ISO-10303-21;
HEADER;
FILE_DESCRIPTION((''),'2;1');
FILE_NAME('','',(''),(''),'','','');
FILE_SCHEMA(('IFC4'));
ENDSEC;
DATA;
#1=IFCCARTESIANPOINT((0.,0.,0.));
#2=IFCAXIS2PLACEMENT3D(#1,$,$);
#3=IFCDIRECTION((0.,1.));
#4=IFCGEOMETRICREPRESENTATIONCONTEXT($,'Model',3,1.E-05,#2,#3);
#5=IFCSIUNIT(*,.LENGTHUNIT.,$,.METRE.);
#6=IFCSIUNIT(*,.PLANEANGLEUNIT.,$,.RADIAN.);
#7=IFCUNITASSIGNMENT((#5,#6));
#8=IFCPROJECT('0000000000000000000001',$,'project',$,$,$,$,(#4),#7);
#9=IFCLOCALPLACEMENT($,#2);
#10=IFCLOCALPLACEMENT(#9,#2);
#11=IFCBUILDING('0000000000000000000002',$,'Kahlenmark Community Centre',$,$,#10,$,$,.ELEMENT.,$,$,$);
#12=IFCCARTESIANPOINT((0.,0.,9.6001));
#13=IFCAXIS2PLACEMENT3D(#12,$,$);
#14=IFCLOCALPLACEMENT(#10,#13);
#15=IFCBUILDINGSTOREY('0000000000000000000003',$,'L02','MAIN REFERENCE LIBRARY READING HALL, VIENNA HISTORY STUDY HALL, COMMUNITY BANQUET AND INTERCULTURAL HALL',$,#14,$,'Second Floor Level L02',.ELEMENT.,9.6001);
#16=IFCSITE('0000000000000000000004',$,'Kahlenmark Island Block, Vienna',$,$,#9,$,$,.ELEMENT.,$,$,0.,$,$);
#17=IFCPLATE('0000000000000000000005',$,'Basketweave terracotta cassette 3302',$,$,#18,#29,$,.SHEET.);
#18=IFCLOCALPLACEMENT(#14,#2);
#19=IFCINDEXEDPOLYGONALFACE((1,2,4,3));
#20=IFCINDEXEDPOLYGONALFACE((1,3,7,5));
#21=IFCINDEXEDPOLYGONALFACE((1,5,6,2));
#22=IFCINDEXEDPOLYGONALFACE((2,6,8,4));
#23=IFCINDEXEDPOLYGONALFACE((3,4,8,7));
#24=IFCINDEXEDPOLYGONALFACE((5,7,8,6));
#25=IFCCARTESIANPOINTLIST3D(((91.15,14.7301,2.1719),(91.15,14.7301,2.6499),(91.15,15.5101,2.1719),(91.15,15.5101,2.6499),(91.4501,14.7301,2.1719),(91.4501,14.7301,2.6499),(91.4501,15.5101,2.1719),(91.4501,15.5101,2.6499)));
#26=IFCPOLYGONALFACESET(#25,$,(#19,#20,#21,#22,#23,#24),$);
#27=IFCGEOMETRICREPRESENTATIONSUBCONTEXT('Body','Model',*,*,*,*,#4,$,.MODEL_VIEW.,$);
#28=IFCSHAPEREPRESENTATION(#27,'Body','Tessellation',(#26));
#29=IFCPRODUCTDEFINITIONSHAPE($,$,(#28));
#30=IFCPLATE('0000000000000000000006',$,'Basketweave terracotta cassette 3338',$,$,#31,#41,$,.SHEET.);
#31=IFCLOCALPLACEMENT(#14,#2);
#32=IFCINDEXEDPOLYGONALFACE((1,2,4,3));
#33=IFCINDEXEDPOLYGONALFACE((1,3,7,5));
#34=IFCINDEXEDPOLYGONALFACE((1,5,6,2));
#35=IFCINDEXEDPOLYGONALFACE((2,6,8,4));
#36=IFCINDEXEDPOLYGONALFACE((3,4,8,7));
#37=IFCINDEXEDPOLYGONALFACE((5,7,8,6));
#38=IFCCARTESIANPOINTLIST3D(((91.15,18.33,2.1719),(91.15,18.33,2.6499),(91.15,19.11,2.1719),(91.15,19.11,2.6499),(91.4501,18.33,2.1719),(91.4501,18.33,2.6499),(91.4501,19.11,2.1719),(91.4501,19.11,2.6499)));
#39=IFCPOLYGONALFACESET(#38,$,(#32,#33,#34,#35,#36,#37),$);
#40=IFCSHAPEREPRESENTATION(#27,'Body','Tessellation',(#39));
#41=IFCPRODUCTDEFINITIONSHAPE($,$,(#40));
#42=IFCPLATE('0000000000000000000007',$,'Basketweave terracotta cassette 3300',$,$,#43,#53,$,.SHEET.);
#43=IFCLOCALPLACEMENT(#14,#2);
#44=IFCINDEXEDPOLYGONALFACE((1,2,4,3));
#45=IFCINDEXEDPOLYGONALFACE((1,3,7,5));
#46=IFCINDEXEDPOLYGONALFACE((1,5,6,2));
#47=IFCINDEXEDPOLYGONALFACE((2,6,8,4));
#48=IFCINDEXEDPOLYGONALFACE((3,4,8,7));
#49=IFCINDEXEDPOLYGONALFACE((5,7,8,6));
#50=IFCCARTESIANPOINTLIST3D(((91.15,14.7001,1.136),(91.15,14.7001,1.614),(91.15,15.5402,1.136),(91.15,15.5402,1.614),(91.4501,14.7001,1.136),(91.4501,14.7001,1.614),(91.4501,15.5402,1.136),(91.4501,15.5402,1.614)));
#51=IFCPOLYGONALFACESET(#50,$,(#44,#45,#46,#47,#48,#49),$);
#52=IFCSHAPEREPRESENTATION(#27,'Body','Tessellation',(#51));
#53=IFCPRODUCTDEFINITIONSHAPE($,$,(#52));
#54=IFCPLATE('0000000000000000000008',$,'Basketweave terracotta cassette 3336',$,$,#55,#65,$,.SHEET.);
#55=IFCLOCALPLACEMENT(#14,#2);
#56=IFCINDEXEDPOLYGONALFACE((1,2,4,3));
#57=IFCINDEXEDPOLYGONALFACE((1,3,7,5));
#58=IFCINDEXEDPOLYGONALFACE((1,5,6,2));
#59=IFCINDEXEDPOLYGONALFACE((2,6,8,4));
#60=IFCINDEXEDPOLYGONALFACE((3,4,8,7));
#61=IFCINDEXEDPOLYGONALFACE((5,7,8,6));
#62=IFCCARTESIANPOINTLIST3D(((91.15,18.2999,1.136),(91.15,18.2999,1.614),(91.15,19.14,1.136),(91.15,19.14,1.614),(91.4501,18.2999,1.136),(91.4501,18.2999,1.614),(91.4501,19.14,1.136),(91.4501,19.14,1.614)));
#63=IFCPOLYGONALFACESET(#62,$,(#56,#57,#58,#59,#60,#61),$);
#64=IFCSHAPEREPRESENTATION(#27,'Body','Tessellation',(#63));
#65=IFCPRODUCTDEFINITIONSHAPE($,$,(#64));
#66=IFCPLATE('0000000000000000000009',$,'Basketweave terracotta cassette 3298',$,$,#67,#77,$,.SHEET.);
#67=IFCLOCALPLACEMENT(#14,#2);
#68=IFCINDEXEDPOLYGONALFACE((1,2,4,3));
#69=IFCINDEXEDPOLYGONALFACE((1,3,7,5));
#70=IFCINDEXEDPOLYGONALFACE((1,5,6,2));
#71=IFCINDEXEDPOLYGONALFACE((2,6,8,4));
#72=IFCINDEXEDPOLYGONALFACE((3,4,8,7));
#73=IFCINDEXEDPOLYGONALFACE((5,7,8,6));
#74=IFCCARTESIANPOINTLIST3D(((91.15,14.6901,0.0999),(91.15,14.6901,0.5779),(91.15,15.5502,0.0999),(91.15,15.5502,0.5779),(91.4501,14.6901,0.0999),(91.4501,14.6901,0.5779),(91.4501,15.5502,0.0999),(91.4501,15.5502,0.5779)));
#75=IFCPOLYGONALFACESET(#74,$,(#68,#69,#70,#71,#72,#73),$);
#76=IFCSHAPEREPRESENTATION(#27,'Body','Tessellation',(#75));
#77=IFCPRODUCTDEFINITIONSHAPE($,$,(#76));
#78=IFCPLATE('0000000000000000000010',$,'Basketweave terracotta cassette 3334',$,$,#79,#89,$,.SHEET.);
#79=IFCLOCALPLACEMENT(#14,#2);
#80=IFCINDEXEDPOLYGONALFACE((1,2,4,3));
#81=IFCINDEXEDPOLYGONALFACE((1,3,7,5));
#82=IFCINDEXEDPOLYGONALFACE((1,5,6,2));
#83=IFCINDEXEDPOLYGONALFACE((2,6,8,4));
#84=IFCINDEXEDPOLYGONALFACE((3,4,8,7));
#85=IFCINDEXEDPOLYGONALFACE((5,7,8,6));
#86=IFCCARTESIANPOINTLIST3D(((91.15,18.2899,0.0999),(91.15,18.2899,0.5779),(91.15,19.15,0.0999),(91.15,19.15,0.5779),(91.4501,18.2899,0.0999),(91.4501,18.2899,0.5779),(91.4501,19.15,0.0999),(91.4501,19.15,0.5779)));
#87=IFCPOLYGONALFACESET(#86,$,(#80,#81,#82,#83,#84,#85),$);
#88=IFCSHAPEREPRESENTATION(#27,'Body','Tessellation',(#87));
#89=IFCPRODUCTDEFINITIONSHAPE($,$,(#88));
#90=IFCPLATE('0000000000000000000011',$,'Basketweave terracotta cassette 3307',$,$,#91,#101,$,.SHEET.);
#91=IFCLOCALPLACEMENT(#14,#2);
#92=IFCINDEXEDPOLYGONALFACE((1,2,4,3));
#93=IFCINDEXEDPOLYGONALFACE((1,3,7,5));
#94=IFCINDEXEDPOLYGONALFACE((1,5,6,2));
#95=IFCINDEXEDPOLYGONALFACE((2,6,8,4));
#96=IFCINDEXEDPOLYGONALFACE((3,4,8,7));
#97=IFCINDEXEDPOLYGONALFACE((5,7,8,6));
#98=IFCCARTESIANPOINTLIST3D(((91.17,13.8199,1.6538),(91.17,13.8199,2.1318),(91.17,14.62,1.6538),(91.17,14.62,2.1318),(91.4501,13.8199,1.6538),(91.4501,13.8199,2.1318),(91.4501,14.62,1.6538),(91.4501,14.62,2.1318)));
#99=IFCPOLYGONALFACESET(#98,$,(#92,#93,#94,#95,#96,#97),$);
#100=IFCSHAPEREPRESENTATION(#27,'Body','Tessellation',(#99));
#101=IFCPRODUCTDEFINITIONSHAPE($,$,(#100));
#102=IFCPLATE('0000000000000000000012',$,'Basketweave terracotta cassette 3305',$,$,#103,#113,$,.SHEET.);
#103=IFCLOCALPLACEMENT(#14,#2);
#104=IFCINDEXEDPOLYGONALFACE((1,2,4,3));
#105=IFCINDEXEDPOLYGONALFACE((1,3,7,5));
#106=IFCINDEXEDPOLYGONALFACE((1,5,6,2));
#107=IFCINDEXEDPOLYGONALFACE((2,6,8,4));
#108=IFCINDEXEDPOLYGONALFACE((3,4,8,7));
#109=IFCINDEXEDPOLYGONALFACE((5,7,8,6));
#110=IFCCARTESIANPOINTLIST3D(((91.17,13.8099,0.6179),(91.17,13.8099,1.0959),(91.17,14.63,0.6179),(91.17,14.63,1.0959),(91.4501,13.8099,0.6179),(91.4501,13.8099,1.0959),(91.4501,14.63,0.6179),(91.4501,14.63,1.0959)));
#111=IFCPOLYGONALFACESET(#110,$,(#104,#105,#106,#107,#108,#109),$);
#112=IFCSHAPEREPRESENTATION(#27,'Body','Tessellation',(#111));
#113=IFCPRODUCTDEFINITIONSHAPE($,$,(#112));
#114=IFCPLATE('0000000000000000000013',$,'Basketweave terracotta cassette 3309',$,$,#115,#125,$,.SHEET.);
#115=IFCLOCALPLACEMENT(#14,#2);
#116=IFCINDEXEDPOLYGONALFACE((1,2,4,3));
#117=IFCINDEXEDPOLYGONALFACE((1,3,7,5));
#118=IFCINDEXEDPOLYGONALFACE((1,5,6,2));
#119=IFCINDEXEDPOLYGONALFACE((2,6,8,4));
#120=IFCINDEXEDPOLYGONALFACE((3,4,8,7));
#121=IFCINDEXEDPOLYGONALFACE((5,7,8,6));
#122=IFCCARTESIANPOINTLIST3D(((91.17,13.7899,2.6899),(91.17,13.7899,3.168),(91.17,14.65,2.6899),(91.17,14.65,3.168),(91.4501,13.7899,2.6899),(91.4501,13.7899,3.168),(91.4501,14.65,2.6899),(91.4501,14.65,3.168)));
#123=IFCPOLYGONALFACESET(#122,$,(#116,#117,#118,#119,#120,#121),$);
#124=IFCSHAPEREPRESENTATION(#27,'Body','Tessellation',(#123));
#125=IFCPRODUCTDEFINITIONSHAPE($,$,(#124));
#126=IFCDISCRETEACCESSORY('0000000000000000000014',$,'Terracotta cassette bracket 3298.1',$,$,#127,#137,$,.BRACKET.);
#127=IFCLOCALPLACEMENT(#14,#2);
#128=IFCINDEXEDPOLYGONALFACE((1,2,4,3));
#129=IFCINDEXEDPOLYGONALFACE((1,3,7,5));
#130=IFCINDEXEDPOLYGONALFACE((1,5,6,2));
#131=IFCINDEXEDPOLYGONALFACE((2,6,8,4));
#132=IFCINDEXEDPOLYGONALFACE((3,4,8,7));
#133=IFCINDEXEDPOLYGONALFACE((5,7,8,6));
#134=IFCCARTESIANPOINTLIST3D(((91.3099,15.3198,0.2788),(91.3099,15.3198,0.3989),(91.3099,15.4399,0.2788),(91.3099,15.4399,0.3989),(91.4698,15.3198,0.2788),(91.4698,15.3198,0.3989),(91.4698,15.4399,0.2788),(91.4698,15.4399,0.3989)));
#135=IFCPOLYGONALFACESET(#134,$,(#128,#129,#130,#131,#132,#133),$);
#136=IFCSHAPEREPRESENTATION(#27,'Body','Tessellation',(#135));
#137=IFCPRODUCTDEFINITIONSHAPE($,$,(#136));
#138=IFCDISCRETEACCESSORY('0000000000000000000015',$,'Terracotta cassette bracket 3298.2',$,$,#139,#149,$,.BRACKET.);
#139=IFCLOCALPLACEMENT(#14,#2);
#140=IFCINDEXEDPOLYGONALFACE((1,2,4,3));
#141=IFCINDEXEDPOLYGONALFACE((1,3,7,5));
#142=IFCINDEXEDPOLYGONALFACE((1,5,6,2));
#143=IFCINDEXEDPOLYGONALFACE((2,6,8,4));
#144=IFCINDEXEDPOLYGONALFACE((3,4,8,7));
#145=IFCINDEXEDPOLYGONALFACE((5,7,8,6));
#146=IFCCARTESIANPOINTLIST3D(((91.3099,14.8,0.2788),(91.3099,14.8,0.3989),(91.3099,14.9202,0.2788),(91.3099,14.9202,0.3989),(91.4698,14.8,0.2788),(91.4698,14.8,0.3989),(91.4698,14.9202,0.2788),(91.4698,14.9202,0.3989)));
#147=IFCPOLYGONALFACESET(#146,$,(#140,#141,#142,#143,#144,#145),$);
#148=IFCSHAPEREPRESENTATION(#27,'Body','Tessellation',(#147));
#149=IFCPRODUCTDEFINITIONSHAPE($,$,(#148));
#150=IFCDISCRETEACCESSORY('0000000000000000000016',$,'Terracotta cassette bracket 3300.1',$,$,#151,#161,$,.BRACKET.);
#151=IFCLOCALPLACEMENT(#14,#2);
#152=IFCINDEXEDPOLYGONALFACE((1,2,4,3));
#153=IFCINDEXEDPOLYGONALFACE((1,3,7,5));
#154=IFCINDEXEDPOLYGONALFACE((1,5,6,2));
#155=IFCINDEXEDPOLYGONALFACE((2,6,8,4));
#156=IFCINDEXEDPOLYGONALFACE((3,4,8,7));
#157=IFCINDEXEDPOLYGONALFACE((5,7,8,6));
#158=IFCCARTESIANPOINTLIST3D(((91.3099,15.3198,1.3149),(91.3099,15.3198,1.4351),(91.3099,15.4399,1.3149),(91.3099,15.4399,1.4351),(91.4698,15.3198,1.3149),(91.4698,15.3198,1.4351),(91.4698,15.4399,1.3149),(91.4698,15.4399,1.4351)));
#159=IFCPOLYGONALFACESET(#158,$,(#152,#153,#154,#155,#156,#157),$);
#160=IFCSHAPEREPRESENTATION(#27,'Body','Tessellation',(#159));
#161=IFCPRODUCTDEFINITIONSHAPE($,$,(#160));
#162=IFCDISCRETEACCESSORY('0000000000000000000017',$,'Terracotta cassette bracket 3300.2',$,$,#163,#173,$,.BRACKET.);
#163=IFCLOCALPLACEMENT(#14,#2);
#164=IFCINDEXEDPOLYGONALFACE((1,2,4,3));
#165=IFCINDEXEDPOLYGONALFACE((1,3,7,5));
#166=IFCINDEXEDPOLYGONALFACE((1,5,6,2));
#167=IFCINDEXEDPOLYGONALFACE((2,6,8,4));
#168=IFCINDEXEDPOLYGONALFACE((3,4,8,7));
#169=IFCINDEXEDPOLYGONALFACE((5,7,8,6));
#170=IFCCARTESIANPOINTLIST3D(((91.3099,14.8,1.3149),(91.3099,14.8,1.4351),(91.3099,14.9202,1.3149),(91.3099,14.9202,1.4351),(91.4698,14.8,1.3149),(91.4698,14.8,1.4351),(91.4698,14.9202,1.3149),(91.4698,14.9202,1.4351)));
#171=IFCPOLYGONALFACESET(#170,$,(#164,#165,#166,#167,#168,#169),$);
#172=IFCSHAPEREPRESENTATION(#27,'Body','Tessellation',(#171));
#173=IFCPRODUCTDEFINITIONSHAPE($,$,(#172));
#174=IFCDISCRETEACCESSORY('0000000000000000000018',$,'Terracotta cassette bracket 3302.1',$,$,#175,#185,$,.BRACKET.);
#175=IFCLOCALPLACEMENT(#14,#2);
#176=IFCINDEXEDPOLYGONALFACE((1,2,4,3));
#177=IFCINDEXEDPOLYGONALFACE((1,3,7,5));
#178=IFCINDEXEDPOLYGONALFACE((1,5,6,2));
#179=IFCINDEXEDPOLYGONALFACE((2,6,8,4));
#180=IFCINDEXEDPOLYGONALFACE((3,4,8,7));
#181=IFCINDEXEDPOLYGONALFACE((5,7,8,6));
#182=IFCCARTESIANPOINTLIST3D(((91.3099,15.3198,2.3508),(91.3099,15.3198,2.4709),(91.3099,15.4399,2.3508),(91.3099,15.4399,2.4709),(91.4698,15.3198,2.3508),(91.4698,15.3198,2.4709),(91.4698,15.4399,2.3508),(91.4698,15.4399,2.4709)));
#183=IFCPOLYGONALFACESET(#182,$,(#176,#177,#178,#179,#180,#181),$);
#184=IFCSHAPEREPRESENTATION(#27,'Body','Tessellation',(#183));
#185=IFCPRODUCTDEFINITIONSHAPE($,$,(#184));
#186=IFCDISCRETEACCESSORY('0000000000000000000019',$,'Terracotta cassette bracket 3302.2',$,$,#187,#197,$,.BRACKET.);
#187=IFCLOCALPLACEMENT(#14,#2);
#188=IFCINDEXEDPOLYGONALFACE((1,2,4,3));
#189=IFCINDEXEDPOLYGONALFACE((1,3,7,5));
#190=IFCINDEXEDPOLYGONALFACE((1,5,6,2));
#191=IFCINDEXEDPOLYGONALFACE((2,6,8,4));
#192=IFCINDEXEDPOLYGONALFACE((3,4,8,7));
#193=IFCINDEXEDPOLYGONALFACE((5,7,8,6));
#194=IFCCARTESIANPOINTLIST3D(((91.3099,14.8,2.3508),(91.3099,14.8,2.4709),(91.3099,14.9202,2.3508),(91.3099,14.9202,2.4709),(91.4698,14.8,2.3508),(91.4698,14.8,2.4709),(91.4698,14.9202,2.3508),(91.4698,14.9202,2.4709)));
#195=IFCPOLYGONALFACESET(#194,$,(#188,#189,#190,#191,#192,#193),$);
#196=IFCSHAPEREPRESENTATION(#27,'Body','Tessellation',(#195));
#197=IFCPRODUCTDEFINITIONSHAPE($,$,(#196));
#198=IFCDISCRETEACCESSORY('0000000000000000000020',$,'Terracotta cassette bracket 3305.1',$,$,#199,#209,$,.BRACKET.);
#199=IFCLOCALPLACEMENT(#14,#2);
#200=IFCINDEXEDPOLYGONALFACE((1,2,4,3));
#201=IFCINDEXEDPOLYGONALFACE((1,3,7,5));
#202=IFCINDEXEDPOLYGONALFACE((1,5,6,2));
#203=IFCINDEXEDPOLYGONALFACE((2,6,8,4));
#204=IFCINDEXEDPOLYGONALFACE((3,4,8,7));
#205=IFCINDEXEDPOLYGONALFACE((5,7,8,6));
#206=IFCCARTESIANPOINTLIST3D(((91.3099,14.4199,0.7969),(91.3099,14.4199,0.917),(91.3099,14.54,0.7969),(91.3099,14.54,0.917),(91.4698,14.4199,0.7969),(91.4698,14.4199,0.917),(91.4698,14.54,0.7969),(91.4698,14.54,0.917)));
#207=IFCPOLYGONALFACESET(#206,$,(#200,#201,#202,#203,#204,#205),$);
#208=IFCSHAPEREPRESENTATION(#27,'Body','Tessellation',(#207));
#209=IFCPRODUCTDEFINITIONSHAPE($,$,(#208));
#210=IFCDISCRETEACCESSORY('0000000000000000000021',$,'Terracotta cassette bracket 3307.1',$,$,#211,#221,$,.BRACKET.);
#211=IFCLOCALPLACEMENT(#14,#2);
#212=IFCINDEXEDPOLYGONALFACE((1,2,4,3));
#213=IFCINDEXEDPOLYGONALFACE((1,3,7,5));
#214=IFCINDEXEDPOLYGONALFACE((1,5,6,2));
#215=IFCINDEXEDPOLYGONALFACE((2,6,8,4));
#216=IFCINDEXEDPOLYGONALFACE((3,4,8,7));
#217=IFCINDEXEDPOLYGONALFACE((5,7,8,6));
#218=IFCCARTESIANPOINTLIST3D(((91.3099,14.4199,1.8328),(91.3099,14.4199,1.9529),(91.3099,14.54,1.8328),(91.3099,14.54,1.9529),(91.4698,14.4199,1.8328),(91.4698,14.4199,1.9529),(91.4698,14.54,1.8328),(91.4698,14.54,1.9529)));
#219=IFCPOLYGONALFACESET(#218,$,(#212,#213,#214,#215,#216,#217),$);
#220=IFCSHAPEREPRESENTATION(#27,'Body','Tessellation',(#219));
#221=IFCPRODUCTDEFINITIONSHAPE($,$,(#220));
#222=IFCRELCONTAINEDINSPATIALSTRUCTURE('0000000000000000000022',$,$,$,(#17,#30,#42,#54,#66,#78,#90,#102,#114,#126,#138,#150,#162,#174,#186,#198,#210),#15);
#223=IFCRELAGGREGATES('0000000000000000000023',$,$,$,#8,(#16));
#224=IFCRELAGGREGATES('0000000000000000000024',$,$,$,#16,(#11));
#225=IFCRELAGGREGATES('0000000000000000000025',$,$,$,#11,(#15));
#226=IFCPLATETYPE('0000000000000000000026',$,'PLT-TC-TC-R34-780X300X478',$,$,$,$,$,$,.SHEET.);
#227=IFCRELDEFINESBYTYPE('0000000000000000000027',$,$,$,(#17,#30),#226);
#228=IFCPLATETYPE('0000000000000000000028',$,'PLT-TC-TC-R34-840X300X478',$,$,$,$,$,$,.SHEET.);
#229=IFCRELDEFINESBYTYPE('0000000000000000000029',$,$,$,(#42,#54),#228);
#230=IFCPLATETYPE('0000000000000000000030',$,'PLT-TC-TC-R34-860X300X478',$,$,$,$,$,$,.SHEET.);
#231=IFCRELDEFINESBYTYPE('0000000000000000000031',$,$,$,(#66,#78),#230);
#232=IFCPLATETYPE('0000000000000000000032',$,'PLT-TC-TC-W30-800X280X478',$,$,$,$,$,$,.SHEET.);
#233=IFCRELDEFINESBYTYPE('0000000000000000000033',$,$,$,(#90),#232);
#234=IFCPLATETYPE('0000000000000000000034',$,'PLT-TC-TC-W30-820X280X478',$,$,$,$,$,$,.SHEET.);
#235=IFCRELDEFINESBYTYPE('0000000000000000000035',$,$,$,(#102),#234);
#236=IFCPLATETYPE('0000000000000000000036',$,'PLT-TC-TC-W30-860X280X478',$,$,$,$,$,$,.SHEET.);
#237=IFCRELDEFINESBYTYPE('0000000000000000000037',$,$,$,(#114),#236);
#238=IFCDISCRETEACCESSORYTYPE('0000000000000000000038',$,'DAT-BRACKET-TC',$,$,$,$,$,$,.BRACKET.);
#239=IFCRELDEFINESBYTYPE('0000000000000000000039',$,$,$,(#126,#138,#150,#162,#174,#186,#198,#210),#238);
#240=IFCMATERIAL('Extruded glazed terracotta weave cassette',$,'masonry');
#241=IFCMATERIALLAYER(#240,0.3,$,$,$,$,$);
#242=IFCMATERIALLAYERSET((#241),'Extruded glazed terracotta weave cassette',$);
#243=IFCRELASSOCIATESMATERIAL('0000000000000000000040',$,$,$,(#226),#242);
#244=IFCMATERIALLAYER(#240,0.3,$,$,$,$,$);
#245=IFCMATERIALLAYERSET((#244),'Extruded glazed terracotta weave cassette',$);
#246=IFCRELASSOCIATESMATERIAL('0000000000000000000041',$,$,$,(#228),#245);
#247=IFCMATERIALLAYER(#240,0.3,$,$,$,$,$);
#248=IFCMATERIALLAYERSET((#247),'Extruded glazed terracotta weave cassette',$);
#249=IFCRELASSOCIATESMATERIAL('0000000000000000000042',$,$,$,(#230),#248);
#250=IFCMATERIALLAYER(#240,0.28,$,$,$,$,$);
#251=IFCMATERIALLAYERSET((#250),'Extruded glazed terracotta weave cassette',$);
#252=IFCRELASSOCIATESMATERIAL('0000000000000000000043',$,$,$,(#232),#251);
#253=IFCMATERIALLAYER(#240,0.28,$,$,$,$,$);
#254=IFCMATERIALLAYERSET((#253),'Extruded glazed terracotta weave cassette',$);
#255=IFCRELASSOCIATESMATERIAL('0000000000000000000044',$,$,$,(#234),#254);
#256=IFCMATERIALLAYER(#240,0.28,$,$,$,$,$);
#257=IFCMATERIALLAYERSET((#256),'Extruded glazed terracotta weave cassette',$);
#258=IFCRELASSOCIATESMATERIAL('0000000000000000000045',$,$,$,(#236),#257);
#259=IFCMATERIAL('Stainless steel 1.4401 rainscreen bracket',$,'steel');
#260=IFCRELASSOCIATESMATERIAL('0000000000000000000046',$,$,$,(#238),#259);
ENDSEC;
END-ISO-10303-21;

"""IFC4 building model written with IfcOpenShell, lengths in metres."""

from ifc_helpers import new_model, si_unit, direction, frame, origin, origin_2d, place, context, subcontext, project, spatial, rectangle, extrude, material, layer, layer_set, type_object, element, save


model = new_model("IFC4")

# Units and contexts
model_context = context("Model", 3, precision=1e-05, world=origin(), true_north=direction((0.0, 1.0)))
body_context = subcontext(model_context, "Body", "Model", "MODEL_VIEW")
ifc_project = project(units=[si_unit("LENGTHUNIT", "METRE"), si_unit("PLANEANGLEUNIT", "RADIAN")], contexts=[model_context])

# Site, building, storey
site_placement = place(None, origin())
site = spatial("IfcSite", under=ifc_project, at=site_placement, Name="Kahlenmark Island Block, Vienna", CompositionType="ELEMENT", RefElevation=0.0)
building_placement = place(site_placement, origin())
building = spatial("IfcBuilding", under=site, at=building_placement, Name="Kahlenmark Community Centre", CompositionType="ELEMENT")
storey_placement = place(building_placement, frame((0.0, 0.0, 9.6001)))
storey = spatial("IfcBuildingStorey", under=building, at=storey_placement, Name="L02", Description="MAIN REFERENCE LIBRARY READING HALL, VIENNA HISTORY STUDY HALL, COMMUNITY BANQUET AND INTERCULTURAL HALL", LongName="Second Floor Level L02", CompositionType="ELEMENT", Elevation=9.6001)

# Plates
ifc_material_1 = material(Name="Extruded glazed terracotta weave cassette", Category="masonry")
ifc_layer_1 = layer(ifc_material_1, 0.3)
ifc_layer_set_1 = layer_set([ifc_layer_1], Name="Extruded glazed terracotta weave cassette")
plate_type_1 = type_object("IfcPlateType", Name="PLT-TC-TC-R34-780X300X478", PredefinedType="SHEET", material=ifc_layer_set_1)
for number, where, z_axis, x_axis, name in (
    (1, (91.3, 15.1201, 2.1719), (0.0, 0.0, 1.0), (0.0, -1.0, 0.0), "Basketweave terracotta cassette 3302"),
    (2, (91.3, 18.72, 2.1719), (0.0, 0.0, 1.0), (0.0, -1.0, 0.0), "Basketweave terracotta cassette 3338"),
):
    element("IfcPlate", number, at=place(storey_placement, frame(where, z_axis=z_axis, x_axis=x_axis)), inside=storey, type_object=plate_type_1, Name=name, PredefinedType="SHEET", context=body_context, shape_type="SweptSolid", body=[
        extrude(rectangle(XDim=0.78, YDim=0.3, at=origin_2d()), origin(), (0.0, 0.0, 1.0), 0.478),
    ])
ifc_layer_2 = layer(ifc_material_1, 0.3)
ifc_layer_set_2 = layer_set([ifc_layer_2], Name="Extruded glazed terracotta weave cassette")
plate_type_2 = type_object("IfcPlateType", Name="PLT-TC-TC-R34-840X300X478", PredefinedType="SHEET", material=ifc_layer_set_2)
for number, where, z_axis, x_axis, name in (
    (3, (91.3, 15.1201, 1.136), (0.0, 0.0, 1.0), (0.0, -1.0, 0.0), "Basketweave terracotta cassette 3300"),
    (4, (91.3, 18.72, 1.136), (0.0, 0.0, 1.0), (0.0, -1.0, 0.0), "Basketweave terracotta cassette 3336"),
):
    element("IfcPlate", number, at=place(storey_placement, frame(where, z_axis=z_axis, x_axis=x_axis)), inside=storey, type_object=plate_type_2, Name=name, PredefinedType="SHEET", context=body_context, shape_type="SweptSolid", body=[
        extrude(rectangle(XDim=0.8401, YDim=0.3, at=origin_2d()), origin(), (0.0, 0.0, 1.0), 0.478),
    ])
ifc_layer_3 = layer(ifc_material_1, 0.3)
ifc_layer_set_3 = layer_set([ifc_layer_3], Name="Extruded glazed terracotta weave cassette")
plate_type_3 = type_object("IfcPlateType", Name="PLT-TC-TC-R34-860X300X478", PredefinedType="SHEET", material=ifc_layer_set_3)
for number, where, z_axis, x_axis, name in (
    (5, (91.3, 15.1201, 0.0999), (0.0, 0.0, 1.0), (0.0, -1.0, 0.0), "Basketweave terracotta cassette 3298"),
    (6, (91.3, 18.72, 0.0999), (0.0, 0.0, 1.0), (0.0, -1.0, 0.0), "Basketweave terracotta cassette 3334"),
):
    element("IfcPlate", number, at=place(storey_placement, frame(where, z_axis=z_axis, x_axis=x_axis)), inside=storey, type_object=plate_type_3, Name=name, PredefinedType="SHEET", context=body_context, shape_type="SweptSolid", body=[
        extrude(rectangle(XDim=0.8601, YDim=0.3, at=origin_2d()), origin(), (0.0, 0.0, 1.0), 0.478),
    ])
ifc_layer_4 = layer(ifc_material_1, 0.28)
ifc_layer_set_4 = layer_set([ifc_layer_4], Name="Extruded glazed terracotta weave cassette")
plate_type_4 = type_object("IfcPlateType", Name="PLT-TC-TC-W30-800X280X478", PredefinedType="SHEET", material=ifc_layer_set_4)
plate_1_placement = place(storey_placement, frame((91.3101, 14.22, 1.6538), z_axis=(0.0, 0.0, 1.0), x_axis=(0.0, -1.0, 0.0)))
element("IfcPlate", 7, at=plate_1_placement, inside=storey, type_object=plate_type_4, Name="Basketweave terracotta cassette 3307", PredefinedType="SHEET", context=body_context, shape_type="SweptSolid", body=[
    extrude(rectangle(XDim=0.8, YDim=0.28, at=origin_2d()), origin(), (0.0, 0.0, 1.0), 0.478),
])
ifc_layer_5 = layer(ifc_material_1, 0.28)
ifc_layer_set_5 = layer_set([ifc_layer_5], Name="Extruded glazed terracotta weave cassette")
plate_type_5 = type_object("IfcPlateType", Name="PLT-TC-TC-W30-820X280X478", PredefinedType="SHEET", material=ifc_layer_set_5)
plate_2_placement = place(storey_placement, frame((91.3101, 14.22, 0.6179), z_axis=(0.0, 0.0, 1.0), x_axis=(0.0, -1.0, 0.0)))
element("IfcPlate", 8, at=plate_2_placement, inside=storey, type_object=plate_type_5, Name="Basketweave terracotta cassette 3305", PredefinedType="SHEET", context=body_context, shape_type="SweptSolid", body=[
    extrude(rectangle(XDim=0.8201, YDim=0.28, at=origin_2d()), origin(), (0.0, 0.0, 1.0), 0.478),
])
ifc_layer_6 = layer(ifc_material_1, 0.28)
ifc_layer_set_6 = layer_set([ifc_layer_6], Name="Extruded glazed terracotta weave cassette")
plate_type_6 = type_object("IfcPlateType", Name="PLT-TC-TC-W30-860X280X478", PredefinedType="SHEET", material=ifc_layer_set_6)
plate_3_placement = place(storey_placement, frame((91.3101, 14.22, 2.6899), z_axis=(0.0, 0.0, 1.0), x_axis=(0.0, -1.0, 0.0)))
element("IfcPlate", 9, at=plate_3_placement, inside=storey, type_object=plate_type_6, Name="Basketweave terracotta cassette 3309", PredefinedType="SHEET", context=body_context, shape_type="SweptSolid", body=[
    extrude(rectangle(XDim=0.8601, YDim=0.28, at=origin_2d()), origin(), (0.0, 0.0, 1.0), 0.478),
])

# Discrete accessories
ifc_material_2 = material(Name="Stainless steel 1.4401 rainscreen bracket", Category="steel")
discrete_accessory_type = type_object("IfcDiscreteAccessoryType", Name="DAT-BRACKET-TC", PredefinedType="BRACKET", material=ifc_material_2)
for number, where, z_axis, x_axis, name in (
    (10, (91.3899, 15.3799, 0.2788), (0.0, 0.0, 1.0), (0.0, -1.0, 0.0), "Terracotta cassette bracket 3298.1"),
    (11, (91.3899, 14.8601, 0.2788), (0.0, 0.0, 1.0), (0.0, -1.0, 0.0), "Terracotta cassette bracket 3298.2"),
    (12, (91.3899, 15.3799, 1.3149), (0.0, 0.0, 1.0), (0.0, -1.0, 0.0), "Terracotta cassette bracket 3300.1"),
    (13, (91.3899, 14.8601, 1.3149), (0.0, 0.0, 1.0), (0.0, -1.0, 0.0), "Terracotta cassette bracket 3300.2"),
    (14, (91.3899, 15.3799, 2.3508), (0.0, 0.0, 1.0), (0.0, -1.0, 0.0), "Terracotta cassette bracket 3302.1"),
    (15, (91.3899, 14.8601, 2.3508), (0.0, 0.0, 1.0), (0.0, -1.0, 0.0), "Terracotta cassette bracket 3302.2"),
    (16, (91.3899, 14.48, 0.7969), (0.0, 0.0, 1.0), (0.0, -1.0, 0.0), "Terracotta cassette bracket 3305.1"),
    (17, (91.3899, 14.48, 1.8328), (0.0, 0.0, 1.0), (0.0, -1.0, 0.0), "Terracotta cassette bracket 3307.1"),
):
    element("IfcDiscreteAccessory", number, at=place(storey_placement, frame(where, z_axis=z_axis, x_axis=x_axis)), inside=storey, type_object=discrete_accessory_type, Name=name, PredefinedType="BRACKET", context=body_context, shape_type="SweptSolid", body=[
        extrude(rectangle(XDim=0.1201, YDim=0.1599, at=origin_2d()), origin(), (0.0, 0.0, 1.0), 0.1201),
    ])

save(model, "model.ifc")
